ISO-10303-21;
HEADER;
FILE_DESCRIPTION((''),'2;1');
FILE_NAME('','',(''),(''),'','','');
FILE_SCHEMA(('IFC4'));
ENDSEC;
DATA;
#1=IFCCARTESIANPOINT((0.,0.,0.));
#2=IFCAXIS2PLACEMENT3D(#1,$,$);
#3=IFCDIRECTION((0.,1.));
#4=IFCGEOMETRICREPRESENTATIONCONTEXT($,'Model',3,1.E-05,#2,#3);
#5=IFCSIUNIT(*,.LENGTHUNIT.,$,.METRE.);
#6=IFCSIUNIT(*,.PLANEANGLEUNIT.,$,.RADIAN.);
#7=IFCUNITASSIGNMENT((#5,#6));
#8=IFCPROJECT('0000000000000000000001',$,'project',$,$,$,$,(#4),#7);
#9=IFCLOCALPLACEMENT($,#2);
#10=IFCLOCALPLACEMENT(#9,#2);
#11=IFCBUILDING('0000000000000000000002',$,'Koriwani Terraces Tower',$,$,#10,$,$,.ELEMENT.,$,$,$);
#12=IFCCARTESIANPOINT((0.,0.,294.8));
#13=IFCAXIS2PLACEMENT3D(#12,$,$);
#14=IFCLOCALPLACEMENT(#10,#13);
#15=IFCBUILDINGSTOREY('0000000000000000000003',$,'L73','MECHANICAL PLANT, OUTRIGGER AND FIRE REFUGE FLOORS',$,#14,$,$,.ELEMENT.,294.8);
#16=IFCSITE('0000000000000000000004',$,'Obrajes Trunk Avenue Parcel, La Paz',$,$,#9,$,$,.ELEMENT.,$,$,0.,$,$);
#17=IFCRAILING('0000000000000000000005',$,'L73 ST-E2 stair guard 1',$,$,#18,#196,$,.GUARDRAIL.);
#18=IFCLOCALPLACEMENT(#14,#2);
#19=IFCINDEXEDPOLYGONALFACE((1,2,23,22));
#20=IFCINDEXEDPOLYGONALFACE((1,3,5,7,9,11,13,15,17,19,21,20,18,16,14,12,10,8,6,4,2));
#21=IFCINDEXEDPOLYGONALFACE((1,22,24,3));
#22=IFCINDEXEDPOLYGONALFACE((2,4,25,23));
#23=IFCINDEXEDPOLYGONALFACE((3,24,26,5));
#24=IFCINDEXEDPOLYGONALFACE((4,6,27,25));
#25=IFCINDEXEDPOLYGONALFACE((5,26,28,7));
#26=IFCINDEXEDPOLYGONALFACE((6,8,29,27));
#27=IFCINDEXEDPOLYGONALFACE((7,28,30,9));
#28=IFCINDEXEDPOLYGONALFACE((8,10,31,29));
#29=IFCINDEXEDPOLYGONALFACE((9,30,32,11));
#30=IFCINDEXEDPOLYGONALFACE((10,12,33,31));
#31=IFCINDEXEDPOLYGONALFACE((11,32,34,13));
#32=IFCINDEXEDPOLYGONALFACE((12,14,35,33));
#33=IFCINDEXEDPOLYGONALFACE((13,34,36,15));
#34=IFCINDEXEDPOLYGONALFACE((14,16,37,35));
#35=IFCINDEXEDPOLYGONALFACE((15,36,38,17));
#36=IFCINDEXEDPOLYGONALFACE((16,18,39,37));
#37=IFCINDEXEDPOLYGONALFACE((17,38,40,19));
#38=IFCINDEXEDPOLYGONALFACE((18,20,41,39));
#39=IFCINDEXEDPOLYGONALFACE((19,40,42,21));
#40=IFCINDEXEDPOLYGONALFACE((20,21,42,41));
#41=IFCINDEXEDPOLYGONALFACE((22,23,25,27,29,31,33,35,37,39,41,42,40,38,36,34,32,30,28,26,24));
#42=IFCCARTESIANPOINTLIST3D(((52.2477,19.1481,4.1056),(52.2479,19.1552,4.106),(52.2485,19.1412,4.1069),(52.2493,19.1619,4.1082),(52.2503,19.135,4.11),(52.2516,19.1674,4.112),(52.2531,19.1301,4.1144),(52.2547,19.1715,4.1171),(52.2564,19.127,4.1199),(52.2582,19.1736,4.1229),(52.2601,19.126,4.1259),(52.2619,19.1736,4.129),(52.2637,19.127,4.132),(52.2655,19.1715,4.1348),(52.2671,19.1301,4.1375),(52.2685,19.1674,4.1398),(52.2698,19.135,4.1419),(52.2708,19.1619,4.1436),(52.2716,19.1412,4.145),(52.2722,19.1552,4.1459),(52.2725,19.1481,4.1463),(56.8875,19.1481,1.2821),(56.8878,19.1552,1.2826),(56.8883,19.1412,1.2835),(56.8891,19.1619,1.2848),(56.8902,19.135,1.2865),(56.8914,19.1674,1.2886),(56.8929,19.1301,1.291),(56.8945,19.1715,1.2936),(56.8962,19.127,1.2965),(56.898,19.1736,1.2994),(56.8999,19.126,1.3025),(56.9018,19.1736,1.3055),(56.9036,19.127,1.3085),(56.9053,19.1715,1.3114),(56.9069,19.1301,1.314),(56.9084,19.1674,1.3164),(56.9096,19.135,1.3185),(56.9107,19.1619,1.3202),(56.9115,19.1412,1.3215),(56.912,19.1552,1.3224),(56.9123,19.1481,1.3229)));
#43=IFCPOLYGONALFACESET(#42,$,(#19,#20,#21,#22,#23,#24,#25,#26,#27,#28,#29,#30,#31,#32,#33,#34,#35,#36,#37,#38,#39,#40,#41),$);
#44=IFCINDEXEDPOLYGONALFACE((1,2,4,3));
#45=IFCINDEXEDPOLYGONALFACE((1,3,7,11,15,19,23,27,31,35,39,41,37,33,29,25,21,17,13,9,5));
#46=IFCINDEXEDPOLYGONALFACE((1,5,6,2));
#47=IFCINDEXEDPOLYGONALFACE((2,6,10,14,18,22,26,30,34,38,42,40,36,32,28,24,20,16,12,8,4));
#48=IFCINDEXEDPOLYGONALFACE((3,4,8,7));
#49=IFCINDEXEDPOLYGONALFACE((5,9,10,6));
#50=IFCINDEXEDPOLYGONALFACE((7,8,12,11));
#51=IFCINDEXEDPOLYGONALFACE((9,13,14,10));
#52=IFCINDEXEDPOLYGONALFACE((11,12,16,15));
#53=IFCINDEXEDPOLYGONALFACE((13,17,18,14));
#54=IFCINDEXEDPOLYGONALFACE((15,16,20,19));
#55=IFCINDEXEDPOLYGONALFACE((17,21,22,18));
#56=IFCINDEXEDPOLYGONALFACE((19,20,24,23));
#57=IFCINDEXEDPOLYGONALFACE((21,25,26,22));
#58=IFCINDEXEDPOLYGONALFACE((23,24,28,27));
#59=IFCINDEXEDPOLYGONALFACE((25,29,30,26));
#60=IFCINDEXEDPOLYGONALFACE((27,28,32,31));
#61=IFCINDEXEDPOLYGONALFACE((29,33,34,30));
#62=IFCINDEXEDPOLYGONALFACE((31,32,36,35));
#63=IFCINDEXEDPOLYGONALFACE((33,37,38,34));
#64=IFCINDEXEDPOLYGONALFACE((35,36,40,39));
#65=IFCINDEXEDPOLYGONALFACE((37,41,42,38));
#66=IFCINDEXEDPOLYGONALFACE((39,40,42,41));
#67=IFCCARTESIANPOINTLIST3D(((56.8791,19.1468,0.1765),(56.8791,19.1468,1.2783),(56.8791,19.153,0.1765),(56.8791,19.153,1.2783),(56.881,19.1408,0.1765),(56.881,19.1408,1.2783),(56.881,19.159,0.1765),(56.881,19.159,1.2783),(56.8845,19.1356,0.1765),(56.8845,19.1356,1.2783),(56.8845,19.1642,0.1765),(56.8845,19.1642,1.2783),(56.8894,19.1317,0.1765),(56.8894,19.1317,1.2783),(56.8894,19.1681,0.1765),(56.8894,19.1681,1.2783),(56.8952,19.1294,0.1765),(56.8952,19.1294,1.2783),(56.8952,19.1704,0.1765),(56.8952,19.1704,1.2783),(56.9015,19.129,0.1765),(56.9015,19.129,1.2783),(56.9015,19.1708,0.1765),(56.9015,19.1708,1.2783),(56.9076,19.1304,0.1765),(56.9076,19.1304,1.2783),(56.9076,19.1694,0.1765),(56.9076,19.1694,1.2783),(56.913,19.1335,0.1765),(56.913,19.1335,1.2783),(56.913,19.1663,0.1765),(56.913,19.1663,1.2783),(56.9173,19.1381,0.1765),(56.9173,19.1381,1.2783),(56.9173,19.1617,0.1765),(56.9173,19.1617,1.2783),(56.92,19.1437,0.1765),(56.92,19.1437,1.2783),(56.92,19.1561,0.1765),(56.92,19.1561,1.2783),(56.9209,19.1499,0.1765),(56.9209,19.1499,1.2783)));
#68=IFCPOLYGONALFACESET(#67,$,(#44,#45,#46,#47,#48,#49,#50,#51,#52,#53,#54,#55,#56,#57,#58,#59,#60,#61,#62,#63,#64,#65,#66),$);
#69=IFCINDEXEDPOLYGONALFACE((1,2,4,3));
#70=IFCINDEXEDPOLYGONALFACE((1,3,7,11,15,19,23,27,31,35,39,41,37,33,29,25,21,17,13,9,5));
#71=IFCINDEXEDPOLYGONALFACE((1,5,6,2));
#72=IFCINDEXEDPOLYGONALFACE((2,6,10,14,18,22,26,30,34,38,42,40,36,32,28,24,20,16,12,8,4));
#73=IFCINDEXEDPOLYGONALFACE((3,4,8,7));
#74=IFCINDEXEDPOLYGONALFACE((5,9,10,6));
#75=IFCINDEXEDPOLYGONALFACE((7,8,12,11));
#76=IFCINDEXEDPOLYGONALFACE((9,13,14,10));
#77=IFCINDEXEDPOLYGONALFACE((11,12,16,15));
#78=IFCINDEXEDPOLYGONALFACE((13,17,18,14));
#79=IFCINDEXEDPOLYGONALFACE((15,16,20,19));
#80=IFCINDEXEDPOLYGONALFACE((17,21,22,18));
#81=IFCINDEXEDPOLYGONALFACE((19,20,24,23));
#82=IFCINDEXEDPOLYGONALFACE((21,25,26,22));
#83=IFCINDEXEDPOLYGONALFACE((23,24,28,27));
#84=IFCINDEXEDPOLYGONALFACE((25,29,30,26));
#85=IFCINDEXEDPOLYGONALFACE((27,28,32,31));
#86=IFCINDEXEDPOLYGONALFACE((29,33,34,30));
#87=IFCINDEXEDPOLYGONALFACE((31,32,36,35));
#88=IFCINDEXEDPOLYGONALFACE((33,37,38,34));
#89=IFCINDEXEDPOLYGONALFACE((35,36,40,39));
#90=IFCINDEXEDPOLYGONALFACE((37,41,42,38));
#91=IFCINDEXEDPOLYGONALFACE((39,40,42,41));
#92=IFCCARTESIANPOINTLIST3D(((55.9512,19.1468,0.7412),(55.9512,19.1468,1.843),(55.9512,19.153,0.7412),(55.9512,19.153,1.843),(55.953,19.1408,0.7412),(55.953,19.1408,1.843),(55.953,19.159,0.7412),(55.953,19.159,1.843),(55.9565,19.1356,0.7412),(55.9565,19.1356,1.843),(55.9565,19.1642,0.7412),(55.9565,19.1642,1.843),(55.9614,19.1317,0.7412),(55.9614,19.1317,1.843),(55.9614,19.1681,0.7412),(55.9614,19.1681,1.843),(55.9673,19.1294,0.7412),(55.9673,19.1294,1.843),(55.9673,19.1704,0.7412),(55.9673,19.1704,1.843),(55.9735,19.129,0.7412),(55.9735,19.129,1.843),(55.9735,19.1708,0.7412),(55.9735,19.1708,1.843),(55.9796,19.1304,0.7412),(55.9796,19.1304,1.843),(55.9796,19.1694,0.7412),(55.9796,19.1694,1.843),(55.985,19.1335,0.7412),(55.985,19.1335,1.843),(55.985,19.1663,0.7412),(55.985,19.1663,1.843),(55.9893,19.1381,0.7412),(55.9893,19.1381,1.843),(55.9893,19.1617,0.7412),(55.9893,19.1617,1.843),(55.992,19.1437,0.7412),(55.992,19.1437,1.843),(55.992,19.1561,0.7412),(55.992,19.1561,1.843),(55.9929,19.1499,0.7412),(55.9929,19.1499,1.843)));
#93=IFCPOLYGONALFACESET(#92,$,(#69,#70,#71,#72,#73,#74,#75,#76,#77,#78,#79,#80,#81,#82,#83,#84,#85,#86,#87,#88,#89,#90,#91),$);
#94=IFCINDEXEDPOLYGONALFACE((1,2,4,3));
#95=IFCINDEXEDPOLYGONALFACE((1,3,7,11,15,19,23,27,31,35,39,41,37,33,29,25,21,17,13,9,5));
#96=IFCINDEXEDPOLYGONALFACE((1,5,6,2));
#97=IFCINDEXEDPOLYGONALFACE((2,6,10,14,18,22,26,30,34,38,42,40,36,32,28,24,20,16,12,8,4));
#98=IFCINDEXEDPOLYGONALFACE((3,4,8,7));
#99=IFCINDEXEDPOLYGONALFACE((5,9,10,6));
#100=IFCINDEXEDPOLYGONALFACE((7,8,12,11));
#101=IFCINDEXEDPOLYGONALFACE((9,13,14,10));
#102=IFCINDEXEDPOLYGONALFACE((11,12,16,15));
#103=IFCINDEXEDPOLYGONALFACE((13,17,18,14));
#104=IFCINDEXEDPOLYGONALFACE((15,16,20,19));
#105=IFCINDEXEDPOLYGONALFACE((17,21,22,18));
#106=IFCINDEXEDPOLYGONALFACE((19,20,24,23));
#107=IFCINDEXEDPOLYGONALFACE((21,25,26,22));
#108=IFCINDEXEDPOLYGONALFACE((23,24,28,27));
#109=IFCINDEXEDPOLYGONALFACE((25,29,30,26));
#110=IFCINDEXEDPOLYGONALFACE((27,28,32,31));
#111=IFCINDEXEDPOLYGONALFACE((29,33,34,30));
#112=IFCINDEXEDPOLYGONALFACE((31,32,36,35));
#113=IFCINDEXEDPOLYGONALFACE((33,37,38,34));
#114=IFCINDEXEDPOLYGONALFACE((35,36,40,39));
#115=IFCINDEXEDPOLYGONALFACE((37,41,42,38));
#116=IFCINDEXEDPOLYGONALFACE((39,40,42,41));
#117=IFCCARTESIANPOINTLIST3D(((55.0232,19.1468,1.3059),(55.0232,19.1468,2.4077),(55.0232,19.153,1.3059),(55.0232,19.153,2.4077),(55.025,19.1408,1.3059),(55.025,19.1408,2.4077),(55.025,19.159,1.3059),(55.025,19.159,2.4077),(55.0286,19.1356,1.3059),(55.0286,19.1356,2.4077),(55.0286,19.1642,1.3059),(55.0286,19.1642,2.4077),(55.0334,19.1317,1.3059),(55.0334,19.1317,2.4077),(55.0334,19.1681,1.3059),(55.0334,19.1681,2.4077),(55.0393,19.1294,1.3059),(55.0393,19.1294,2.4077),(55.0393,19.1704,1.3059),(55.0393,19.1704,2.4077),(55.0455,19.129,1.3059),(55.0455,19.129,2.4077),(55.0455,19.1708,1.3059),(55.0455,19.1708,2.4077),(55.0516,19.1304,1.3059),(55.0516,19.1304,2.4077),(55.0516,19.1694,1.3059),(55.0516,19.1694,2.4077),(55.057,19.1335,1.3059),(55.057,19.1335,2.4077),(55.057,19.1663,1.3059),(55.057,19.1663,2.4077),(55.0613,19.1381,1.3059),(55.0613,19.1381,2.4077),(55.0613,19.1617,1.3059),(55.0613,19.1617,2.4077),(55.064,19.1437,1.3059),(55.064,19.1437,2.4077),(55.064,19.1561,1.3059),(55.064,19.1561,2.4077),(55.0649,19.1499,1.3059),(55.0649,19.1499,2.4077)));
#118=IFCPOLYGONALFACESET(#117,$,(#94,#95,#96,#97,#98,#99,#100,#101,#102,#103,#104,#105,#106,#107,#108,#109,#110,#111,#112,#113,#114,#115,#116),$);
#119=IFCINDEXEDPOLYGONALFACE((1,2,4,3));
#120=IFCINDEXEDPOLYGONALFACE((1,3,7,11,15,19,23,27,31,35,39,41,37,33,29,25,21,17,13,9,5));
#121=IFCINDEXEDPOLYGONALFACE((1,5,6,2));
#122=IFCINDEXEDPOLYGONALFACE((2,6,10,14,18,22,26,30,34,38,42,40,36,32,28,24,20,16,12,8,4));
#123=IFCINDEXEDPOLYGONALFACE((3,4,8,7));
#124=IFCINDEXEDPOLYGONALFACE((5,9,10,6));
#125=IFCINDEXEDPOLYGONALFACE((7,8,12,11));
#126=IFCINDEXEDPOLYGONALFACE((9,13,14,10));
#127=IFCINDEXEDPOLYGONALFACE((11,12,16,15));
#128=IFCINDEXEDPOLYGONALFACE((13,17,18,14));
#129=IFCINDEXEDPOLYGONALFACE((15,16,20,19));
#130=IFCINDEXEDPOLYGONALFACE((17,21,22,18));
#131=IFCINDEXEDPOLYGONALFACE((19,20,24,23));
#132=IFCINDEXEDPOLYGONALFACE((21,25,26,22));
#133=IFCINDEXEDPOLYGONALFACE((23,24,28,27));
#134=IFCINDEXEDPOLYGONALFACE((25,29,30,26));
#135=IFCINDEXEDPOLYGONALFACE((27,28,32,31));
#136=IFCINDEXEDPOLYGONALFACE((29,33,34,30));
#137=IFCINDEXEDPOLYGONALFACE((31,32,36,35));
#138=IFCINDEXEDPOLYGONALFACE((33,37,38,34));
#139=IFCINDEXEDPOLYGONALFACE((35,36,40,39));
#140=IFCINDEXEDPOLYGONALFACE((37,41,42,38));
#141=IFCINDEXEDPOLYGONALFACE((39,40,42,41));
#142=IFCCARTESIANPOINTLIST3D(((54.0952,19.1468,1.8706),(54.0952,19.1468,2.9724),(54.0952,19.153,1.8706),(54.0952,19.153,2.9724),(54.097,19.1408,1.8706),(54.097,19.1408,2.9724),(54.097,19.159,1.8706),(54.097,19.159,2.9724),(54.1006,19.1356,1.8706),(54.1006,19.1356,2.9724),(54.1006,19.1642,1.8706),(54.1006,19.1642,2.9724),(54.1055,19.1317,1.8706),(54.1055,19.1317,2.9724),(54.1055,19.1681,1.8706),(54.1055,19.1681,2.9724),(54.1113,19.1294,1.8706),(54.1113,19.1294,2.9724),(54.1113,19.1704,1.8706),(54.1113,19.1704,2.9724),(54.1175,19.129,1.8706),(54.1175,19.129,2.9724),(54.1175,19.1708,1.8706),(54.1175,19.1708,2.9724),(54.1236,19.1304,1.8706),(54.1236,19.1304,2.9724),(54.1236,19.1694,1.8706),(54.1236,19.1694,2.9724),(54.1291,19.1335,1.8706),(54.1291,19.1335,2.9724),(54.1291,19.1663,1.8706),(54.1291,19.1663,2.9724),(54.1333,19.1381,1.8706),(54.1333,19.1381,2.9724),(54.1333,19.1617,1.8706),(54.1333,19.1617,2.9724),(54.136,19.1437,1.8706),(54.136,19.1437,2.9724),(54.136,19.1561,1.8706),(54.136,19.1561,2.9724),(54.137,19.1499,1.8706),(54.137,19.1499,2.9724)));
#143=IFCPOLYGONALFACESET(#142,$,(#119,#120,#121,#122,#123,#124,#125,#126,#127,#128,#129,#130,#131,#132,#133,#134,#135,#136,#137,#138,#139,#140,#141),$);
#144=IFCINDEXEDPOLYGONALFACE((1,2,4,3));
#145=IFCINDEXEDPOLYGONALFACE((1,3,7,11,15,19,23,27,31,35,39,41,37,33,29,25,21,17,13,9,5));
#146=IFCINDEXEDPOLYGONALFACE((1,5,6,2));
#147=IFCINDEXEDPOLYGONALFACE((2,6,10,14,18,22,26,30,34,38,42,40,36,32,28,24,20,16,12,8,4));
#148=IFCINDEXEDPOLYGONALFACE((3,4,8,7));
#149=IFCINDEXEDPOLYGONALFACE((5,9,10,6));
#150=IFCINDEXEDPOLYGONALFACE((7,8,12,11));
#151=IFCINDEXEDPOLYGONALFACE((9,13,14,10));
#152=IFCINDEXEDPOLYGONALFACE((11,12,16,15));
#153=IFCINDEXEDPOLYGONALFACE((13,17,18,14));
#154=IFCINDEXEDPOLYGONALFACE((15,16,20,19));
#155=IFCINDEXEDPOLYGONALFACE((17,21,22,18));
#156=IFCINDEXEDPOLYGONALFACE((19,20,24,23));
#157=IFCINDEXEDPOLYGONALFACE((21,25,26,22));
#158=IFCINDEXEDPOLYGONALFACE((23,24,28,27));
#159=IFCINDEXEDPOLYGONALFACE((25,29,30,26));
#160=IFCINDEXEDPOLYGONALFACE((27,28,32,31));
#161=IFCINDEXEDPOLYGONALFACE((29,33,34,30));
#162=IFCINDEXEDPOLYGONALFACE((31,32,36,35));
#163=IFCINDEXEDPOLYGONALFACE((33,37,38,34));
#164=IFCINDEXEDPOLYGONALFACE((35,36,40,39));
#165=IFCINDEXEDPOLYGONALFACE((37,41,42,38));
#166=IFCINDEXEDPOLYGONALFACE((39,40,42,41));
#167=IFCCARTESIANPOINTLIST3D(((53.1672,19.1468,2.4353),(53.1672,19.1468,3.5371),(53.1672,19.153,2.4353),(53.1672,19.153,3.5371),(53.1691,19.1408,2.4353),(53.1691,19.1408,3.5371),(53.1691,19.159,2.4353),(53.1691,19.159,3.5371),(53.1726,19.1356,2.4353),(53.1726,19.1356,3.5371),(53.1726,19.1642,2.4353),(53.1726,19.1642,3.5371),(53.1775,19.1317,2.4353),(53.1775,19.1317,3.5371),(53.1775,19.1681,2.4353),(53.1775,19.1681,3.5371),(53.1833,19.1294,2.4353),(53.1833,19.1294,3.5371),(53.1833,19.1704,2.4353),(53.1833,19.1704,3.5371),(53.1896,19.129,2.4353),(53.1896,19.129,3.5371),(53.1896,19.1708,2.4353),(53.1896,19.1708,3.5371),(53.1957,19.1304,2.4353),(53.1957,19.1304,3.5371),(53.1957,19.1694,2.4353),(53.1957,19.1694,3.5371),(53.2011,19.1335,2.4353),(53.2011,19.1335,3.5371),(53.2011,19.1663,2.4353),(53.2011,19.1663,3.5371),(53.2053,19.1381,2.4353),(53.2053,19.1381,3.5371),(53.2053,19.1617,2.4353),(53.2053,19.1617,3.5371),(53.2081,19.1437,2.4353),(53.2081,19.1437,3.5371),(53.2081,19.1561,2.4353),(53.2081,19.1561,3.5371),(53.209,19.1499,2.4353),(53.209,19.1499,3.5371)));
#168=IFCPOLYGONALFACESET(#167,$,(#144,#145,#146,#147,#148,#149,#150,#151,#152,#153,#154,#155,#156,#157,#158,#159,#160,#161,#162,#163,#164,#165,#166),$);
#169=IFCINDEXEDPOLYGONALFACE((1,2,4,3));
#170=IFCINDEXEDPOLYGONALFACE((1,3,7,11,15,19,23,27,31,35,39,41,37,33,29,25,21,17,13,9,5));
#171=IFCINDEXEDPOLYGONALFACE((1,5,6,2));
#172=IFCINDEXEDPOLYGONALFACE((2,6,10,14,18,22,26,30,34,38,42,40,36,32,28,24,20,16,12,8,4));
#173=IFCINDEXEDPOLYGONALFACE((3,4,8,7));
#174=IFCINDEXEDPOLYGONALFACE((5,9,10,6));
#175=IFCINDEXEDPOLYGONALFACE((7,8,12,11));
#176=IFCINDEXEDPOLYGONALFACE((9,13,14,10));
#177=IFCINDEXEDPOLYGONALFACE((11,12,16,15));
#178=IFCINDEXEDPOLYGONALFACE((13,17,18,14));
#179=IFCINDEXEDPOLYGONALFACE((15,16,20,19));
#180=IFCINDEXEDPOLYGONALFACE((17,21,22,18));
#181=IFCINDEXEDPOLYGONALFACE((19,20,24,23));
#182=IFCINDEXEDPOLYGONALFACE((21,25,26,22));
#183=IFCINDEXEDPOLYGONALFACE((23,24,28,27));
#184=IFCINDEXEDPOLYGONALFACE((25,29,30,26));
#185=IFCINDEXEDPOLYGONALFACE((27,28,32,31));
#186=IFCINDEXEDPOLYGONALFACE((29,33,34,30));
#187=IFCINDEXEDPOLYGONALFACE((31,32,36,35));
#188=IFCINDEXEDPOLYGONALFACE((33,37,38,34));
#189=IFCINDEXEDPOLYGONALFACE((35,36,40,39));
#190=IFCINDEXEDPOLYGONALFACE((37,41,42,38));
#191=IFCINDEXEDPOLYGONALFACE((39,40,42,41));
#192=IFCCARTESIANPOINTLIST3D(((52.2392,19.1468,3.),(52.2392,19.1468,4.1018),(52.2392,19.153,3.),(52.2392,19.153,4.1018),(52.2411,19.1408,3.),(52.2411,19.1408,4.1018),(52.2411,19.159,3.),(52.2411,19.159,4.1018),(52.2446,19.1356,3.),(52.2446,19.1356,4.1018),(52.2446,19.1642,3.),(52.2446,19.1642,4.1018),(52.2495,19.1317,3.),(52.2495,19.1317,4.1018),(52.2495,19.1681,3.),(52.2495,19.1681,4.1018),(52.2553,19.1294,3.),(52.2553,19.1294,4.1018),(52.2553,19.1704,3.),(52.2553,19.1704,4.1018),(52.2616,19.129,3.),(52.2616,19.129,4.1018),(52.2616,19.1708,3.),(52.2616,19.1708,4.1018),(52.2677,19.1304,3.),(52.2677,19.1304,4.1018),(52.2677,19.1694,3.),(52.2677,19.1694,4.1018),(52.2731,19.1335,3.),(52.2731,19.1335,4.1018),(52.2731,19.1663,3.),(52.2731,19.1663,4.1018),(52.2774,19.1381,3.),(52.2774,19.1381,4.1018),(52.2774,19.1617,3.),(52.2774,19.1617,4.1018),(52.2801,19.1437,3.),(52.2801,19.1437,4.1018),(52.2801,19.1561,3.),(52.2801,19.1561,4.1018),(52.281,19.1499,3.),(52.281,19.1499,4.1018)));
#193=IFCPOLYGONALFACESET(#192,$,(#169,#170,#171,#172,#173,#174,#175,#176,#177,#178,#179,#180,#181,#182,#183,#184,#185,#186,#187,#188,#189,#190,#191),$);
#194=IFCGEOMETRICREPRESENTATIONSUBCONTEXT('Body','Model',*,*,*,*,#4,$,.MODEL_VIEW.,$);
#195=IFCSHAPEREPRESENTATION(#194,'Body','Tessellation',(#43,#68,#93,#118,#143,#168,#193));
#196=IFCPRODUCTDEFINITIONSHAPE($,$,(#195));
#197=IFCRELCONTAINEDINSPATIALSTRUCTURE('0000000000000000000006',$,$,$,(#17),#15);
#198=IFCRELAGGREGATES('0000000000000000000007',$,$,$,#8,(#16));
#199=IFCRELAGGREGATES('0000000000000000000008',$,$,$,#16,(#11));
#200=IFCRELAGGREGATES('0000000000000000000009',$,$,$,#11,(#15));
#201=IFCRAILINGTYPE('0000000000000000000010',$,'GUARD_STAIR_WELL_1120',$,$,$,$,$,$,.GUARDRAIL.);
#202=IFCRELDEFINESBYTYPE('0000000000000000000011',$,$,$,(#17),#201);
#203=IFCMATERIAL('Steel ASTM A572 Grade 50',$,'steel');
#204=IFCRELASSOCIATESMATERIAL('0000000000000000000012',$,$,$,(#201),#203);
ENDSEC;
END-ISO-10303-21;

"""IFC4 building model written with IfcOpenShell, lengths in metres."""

from ifc_helpers import new_model, si_unit, direction, frame, origin, origin_2d, place, context, subcontext, project, spatial, circle, extrude, material, type_object, element, save


model = new_model("IFC4")

# Units and contexts
model_context = context("Model", 3, precision=1e-05, world=origin(), true_north=direction((0.0, 1.0)))
body_context = subcontext(model_context, "Body", "Model", "MODEL_VIEW")
ifc_project = project(units=[si_unit("LENGTHUNIT", "METRE"), si_unit("PLANEANGLEUNIT", "RADIAN")], contexts=[model_context])

# Site, building, storey
site_placement = place(None, origin())
site = spatial("IfcSite", under=ifc_project, at=site_placement, Name="Obrajes Trunk Avenue Parcel, La Paz", CompositionType="ELEMENT", RefElevation=0.0)
building_placement = place(site_placement, origin())
building = spatial("IfcBuilding", under=site, at=building_placement, Name="Koriwani Terraces Tower", CompositionType="ELEMENT")
storey_placement = place(building_placement, frame((0.0, 0.0, 294.8)))
storey = spatial("IfcBuildingStorey", under=building, at=storey_placement, Name="L73", Description="MECHANICAL PLANT, OUTRIGGER AND FIRE REFUGE FLOORS", CompositionType="ELEMENT", Elevation=294.8)

# Shared definitions
ifc_material_1 = material(Name="Steel ASTM A572 Grade 50", Category="steel")

# Railing
railing_type_1 = type_object("IfcRailingType", Name="GUARD_STAIR_WELL_1120", PredefinedType="GUARDRAIL", material=ifc_material_1)
railing_1_placement = place(storey_placement, frame((56.8999, 19.1499, 0.1765)))
element("IfcRailing", 1, at=railing_1_placement, inside=storey, type_object=railing_type_1, Name="L73 ST-E2 stair guard 1", PredefinedType="GUARDRAIL", context=body_context, shape_type="SweptSolid", body=[
    extrude(circle(Radius=0.0239, at=origin_2d()), frame((0.0, 0.0, 1.126), z_axis=(-0.854264, 0.0, 0.51984), x_axis=(0.0, -1.0, 0.0)), (0.0, 0.0, 1.0), 5.4314),
    extrude(circle(Radius=0.021, at=origin_2d()), origin(), (0.0, 0.0, 1.0), 1.1018),
    extrude(circle(Radius=0.021, at=origin_2d()), frame((-0.928, 0.0, 0.5647)), (0.0, 0.0, 1.0), 1.1018),
    extrude(circle(Radius=0.021, at=origin_2d()), frame((-1.856, 0.0, 1.1294)), (0.0, 0.0, 1.0), 1.1018),
    extrude(circle(Radius=0.021, at=origin_2d()), frame((-2.7839, 0.0, 1.6941)), (0.0, 0.0, 1.0), 1.1018),
    extrude(circle(Radius=0.021, at=origin_2d()), frame((-3.7119, 0.0, 2.2588)), (0.0, 0.0, 1.0), 1.1018),
    extrude(circle(Radius=0.021, at=origin_2d()), frame((-4.6399, 0.0, 2.8235)), (0.0, 0.0, 1.0), 1.1018),
])

save(model, "model.ifc")
